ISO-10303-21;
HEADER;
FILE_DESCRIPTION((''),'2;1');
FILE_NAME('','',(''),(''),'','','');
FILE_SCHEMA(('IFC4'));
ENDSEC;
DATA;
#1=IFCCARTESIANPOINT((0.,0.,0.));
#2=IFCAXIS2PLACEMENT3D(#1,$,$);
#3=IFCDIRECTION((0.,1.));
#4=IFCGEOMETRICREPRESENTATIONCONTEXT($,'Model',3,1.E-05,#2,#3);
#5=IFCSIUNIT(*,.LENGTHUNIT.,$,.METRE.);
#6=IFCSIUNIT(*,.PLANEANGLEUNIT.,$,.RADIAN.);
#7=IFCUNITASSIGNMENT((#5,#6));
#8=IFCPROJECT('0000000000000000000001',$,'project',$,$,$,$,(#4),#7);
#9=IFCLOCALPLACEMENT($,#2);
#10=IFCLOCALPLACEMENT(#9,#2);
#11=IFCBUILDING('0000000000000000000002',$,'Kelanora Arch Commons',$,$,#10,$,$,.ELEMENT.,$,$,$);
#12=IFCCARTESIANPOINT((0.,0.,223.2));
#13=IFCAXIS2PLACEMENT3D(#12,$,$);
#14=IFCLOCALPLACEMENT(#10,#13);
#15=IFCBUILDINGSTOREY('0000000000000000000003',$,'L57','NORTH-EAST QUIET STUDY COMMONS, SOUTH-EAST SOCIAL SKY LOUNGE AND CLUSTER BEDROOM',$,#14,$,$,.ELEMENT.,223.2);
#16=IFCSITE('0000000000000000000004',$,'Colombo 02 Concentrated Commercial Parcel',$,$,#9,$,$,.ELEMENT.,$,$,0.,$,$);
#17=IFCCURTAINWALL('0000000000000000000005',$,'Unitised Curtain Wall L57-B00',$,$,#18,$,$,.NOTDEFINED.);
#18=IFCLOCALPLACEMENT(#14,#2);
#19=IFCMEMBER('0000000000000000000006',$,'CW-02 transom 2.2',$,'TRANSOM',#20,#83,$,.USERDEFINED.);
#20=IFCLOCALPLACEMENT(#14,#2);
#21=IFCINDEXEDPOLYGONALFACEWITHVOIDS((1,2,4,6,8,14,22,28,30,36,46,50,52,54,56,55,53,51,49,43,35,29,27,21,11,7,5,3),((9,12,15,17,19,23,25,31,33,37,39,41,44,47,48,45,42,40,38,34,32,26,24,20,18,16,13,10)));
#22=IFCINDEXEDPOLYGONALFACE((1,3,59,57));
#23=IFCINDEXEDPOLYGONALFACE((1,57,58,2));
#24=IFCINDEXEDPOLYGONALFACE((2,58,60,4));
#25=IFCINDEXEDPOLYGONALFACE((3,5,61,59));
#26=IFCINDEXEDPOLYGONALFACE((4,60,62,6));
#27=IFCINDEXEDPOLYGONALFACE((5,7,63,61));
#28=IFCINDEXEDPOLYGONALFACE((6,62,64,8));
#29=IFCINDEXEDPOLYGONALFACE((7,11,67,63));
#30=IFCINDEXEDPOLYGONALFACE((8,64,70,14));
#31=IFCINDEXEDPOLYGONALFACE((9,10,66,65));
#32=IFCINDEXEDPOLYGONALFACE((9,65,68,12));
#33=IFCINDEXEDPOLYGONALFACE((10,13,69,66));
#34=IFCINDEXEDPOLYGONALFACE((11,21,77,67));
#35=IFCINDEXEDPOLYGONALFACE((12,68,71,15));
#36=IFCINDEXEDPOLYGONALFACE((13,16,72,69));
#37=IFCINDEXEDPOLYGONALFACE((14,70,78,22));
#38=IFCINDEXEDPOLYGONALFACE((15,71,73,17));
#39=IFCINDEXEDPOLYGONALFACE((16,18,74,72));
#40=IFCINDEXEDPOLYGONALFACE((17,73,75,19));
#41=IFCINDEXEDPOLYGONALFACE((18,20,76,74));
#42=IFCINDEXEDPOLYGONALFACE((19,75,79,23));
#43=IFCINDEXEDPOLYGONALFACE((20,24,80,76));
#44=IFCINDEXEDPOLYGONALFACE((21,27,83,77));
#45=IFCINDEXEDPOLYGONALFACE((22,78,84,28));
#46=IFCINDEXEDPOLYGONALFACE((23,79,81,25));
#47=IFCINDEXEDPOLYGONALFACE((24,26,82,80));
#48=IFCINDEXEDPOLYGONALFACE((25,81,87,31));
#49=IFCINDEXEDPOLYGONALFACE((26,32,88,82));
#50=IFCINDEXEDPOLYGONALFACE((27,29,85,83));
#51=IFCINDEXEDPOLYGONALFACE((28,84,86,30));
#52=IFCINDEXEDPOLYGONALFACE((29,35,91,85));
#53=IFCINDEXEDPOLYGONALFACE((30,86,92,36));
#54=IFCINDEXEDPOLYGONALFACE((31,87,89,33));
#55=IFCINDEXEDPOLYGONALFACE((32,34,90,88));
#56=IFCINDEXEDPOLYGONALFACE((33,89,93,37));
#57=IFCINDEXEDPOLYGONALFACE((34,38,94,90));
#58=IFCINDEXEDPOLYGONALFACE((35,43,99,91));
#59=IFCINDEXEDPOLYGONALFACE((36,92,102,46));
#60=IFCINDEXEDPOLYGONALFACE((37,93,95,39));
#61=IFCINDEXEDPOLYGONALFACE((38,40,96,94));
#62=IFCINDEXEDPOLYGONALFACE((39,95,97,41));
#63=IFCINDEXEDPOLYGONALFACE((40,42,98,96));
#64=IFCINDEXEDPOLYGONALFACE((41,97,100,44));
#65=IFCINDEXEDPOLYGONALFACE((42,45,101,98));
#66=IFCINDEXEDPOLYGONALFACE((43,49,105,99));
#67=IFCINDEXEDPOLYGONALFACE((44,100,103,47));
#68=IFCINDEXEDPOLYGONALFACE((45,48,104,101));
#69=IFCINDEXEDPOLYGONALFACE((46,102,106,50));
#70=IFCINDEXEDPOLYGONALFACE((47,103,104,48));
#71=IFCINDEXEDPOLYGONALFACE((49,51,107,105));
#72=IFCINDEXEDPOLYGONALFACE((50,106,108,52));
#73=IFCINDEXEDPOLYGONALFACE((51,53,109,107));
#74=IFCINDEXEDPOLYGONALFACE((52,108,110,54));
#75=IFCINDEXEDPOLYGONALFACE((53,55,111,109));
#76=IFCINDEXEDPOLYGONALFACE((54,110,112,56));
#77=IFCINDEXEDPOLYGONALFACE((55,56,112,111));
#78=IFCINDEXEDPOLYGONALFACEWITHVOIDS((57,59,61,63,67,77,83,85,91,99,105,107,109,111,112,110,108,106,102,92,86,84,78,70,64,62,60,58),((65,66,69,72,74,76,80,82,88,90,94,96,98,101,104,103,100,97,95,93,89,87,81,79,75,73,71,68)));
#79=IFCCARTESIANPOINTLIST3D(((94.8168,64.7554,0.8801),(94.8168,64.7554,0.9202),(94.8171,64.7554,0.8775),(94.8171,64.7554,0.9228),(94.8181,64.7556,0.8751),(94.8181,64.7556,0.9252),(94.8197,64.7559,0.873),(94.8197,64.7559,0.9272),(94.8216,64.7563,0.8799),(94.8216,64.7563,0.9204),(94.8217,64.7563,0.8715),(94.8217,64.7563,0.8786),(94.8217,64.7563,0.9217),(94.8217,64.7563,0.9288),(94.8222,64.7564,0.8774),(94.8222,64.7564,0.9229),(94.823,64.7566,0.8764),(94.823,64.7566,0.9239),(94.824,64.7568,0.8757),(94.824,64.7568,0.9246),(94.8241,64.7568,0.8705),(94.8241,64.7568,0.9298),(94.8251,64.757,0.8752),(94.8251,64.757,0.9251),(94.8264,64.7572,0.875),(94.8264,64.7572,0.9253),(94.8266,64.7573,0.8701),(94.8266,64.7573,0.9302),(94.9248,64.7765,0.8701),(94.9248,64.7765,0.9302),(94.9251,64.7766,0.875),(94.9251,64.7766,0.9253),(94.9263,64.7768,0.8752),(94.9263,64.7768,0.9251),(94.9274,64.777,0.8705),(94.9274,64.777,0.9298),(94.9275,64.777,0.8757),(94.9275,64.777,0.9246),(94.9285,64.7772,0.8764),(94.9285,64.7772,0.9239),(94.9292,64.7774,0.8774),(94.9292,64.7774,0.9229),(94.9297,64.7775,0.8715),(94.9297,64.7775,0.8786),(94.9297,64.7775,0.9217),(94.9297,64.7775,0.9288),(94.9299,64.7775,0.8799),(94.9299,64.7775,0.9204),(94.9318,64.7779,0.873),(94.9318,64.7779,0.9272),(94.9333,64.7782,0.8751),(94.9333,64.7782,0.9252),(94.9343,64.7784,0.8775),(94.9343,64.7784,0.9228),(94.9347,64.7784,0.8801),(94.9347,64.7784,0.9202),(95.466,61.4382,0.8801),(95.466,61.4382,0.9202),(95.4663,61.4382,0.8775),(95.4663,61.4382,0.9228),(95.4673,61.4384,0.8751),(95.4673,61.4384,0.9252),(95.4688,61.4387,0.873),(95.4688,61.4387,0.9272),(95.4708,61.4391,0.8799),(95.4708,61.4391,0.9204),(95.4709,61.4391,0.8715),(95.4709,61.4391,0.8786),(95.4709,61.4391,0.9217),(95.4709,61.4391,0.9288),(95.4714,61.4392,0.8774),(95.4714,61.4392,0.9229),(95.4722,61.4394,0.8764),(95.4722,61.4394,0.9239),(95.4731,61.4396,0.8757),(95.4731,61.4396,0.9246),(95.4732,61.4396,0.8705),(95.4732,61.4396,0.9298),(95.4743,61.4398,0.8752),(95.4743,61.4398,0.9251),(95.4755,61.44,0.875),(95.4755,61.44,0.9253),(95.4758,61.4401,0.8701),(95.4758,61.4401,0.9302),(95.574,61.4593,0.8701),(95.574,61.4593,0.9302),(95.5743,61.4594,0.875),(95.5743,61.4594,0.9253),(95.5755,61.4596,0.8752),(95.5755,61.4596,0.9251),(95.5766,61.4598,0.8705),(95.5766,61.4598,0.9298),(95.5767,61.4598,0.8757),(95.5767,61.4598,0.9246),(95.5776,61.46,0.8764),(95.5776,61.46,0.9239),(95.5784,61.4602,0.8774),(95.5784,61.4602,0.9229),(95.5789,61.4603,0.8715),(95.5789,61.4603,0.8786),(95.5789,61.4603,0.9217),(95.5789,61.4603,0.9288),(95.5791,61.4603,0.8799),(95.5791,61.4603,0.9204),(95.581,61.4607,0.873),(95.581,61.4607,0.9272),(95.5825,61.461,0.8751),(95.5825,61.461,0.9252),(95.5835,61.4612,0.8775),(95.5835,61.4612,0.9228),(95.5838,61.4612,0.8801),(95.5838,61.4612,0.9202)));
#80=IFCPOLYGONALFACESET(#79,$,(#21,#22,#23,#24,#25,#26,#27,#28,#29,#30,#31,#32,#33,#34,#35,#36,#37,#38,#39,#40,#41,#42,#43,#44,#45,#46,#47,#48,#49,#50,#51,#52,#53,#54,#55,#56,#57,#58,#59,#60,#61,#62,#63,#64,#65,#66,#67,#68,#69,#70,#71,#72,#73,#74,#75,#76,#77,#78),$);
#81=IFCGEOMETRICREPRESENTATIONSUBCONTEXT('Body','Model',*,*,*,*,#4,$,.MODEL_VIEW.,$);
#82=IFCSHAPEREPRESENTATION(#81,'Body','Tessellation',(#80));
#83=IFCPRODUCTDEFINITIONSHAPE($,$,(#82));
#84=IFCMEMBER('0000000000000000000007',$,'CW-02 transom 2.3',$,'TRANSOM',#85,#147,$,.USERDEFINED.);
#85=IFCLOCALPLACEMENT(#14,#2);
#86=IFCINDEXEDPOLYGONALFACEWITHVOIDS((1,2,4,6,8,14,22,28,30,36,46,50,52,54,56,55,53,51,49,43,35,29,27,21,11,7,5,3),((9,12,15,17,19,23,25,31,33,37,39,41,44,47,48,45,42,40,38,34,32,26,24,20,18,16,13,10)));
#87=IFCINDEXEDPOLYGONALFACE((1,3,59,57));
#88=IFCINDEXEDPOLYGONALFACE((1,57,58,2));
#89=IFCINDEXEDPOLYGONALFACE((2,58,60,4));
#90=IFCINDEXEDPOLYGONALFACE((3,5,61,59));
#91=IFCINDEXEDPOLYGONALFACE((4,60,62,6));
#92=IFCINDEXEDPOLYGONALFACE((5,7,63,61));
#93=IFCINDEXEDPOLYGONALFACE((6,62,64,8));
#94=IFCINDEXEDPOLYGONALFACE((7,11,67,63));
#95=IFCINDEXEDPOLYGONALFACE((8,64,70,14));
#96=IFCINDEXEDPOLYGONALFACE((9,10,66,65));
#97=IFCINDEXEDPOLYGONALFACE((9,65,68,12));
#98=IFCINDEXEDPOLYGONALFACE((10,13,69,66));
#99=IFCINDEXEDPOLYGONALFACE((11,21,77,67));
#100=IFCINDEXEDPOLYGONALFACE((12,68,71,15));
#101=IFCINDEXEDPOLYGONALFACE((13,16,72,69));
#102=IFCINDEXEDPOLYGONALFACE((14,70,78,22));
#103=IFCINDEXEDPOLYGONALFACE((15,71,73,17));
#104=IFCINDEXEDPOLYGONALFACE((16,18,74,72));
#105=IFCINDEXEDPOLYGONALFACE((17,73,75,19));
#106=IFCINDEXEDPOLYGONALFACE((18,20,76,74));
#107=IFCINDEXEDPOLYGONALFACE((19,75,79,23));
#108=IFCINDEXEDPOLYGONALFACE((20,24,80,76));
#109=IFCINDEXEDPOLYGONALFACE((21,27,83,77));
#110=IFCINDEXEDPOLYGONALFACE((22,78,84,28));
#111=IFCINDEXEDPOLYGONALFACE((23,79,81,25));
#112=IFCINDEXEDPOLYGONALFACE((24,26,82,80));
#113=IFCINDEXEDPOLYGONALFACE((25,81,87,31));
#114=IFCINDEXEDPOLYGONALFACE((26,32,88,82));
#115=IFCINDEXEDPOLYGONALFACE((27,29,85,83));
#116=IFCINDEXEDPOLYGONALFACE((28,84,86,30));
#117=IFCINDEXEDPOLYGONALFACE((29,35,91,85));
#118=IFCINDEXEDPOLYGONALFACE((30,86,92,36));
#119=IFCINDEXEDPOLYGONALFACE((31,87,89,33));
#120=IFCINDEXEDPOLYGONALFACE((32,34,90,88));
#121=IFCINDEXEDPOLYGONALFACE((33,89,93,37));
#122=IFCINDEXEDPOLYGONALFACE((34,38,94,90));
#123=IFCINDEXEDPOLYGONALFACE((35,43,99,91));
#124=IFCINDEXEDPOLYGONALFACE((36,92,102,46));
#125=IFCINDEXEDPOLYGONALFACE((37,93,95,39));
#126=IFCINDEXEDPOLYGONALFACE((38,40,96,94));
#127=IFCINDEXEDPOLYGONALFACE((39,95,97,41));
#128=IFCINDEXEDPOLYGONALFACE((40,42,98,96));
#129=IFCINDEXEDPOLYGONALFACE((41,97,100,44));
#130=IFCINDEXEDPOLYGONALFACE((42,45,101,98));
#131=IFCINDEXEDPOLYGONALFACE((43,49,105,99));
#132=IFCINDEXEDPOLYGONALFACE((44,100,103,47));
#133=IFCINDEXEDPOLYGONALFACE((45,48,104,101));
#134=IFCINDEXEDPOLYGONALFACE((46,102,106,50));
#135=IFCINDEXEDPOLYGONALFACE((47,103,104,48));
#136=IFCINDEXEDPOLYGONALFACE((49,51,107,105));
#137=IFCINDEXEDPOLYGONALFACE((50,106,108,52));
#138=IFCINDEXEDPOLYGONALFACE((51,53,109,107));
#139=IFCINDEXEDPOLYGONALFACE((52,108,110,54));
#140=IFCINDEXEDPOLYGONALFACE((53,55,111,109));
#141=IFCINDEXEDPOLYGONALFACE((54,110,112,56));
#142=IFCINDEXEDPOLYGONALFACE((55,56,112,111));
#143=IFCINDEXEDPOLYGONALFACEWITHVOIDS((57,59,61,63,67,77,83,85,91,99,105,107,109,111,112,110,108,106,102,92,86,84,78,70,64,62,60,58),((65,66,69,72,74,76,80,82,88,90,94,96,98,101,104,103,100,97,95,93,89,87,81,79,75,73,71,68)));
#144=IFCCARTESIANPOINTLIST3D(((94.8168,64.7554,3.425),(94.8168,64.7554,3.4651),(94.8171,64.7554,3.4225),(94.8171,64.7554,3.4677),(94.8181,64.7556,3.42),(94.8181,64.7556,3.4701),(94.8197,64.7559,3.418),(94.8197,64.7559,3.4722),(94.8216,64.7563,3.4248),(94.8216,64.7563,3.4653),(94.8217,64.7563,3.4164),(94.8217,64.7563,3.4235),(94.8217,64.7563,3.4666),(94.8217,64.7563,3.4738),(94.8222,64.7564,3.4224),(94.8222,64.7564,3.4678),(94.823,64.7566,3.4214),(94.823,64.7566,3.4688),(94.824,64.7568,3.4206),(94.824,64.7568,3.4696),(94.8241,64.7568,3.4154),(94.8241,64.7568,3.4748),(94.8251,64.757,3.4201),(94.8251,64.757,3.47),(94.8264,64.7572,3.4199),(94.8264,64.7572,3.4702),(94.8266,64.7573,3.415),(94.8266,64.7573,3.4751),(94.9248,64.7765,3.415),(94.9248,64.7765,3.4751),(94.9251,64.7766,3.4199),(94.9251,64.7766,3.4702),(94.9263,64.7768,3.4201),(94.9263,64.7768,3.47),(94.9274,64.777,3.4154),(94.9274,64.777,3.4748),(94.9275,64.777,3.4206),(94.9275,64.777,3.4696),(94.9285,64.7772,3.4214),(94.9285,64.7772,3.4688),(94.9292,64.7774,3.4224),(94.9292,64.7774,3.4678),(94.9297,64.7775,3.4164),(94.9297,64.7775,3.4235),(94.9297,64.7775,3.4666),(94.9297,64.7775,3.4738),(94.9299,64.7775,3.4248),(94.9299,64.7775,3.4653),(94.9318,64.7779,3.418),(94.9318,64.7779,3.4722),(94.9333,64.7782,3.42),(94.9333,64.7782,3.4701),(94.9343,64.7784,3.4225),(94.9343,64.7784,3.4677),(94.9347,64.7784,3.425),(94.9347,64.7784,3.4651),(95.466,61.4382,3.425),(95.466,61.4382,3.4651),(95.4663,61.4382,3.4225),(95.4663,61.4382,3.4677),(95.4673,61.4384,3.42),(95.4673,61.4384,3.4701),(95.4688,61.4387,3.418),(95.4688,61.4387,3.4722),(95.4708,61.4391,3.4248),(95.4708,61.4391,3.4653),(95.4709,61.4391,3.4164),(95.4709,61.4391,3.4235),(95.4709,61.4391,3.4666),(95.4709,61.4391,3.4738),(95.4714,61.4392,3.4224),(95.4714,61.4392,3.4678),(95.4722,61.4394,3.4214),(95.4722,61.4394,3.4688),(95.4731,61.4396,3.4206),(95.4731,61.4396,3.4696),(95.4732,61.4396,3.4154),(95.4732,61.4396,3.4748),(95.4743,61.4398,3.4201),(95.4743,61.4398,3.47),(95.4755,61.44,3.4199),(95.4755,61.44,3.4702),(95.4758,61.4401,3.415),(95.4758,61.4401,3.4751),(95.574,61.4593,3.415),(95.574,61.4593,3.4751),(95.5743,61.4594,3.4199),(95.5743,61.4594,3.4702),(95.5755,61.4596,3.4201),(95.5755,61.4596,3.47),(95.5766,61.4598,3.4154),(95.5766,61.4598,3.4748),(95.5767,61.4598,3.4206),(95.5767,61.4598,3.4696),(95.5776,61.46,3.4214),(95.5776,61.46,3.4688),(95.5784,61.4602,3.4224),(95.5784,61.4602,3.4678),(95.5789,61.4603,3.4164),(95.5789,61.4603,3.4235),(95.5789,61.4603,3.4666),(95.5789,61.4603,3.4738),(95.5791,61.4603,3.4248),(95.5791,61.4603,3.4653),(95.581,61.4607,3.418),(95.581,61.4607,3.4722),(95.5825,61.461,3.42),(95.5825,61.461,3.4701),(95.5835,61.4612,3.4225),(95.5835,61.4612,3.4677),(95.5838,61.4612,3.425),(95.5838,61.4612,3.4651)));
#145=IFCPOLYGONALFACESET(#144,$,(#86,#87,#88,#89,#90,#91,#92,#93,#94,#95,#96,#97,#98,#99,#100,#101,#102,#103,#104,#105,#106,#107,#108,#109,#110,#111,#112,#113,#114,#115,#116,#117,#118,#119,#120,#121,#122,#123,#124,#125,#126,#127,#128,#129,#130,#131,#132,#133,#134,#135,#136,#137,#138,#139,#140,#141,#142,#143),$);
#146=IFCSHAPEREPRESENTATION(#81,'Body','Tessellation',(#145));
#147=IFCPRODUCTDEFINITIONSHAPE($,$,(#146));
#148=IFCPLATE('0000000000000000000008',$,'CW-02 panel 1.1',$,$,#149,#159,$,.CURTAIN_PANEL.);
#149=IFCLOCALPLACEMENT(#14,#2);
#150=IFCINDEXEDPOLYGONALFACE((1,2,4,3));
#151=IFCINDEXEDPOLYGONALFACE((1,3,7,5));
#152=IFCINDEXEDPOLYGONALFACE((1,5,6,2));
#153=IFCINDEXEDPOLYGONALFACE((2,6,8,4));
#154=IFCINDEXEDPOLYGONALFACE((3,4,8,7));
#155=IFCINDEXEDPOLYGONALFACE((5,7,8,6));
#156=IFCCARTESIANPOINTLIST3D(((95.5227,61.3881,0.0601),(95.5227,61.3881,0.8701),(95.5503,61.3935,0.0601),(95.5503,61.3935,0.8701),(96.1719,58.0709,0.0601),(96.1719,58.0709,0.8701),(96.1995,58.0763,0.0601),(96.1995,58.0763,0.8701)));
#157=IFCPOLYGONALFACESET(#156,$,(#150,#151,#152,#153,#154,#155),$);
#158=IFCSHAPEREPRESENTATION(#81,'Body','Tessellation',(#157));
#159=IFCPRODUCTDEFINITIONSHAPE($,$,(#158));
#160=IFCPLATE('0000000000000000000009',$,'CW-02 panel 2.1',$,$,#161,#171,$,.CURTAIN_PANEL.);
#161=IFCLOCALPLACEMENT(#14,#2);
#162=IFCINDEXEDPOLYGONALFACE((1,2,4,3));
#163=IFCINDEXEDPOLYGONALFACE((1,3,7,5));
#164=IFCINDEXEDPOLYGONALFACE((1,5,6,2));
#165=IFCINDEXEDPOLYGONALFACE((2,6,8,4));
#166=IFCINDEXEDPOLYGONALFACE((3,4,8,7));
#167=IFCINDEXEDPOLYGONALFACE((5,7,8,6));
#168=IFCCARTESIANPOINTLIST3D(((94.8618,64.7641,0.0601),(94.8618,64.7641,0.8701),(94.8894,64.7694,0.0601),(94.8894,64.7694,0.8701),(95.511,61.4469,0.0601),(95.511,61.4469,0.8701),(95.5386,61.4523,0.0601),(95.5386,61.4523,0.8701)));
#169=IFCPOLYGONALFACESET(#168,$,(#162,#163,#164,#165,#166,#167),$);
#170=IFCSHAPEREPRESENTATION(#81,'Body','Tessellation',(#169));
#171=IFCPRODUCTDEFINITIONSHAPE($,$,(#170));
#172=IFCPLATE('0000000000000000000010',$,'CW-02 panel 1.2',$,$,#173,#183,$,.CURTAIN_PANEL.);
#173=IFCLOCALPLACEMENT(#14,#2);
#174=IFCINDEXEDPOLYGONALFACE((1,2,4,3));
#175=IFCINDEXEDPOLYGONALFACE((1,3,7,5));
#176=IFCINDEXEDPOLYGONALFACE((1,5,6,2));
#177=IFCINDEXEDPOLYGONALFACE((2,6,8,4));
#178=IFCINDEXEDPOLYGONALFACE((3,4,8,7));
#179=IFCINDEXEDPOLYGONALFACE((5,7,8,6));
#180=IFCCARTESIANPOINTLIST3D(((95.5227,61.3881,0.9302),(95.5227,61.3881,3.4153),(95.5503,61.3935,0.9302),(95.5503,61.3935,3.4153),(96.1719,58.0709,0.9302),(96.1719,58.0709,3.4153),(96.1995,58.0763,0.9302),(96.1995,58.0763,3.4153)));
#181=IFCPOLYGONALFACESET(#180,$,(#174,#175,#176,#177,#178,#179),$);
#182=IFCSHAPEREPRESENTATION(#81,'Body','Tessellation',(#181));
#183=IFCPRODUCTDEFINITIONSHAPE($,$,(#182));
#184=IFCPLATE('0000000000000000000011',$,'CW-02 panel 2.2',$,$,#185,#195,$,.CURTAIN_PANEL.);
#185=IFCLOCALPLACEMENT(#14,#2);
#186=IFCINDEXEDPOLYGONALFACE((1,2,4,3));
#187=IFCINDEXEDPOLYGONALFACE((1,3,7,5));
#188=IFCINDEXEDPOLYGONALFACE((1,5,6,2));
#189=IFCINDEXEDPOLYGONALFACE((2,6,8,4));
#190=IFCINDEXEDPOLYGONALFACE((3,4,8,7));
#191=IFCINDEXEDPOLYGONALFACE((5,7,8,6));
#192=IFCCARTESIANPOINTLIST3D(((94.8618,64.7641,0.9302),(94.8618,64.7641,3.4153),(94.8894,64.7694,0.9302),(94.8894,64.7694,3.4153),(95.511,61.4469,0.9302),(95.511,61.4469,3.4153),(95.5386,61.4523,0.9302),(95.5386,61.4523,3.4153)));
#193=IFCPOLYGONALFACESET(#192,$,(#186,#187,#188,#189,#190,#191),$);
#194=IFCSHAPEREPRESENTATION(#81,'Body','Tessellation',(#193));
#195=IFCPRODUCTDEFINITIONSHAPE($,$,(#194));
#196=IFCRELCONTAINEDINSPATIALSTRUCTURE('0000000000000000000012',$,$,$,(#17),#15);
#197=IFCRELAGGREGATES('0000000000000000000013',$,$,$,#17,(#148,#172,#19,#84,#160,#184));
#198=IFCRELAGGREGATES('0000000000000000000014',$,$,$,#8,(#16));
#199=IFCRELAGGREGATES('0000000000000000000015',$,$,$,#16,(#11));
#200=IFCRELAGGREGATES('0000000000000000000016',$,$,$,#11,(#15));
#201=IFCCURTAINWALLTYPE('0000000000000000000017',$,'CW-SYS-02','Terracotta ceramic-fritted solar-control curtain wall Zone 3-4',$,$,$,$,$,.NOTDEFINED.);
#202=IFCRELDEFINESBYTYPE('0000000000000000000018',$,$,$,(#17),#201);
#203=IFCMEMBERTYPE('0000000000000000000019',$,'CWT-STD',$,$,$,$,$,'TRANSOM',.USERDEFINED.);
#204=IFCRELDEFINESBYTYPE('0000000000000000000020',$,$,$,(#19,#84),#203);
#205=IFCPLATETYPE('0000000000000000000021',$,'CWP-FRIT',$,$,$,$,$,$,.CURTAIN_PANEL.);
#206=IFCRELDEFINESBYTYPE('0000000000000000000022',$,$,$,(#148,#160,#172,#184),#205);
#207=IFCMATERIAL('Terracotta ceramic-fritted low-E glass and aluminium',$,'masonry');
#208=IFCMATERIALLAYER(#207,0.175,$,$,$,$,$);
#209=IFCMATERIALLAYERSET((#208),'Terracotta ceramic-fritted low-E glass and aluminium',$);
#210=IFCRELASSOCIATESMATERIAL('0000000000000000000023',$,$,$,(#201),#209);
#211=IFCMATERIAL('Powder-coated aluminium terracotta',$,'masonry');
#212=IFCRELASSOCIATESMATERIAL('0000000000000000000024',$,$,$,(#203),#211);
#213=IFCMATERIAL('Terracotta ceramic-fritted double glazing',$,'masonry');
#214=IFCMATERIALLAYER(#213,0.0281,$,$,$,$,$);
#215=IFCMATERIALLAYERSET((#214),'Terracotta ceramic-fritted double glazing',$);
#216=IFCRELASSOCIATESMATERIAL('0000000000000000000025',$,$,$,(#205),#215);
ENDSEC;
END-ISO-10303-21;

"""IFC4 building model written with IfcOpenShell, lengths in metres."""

from ifc_helpers import new_model, si_unit, direction, frame, origin, origin_2d, place, context, subcontext, project, spatial, rectangle, hollow_rectangle, extrude, source, transform, mapped, material, layer, layer_set, material_profile, profile_set, type_object, element, aggregate, save


model = new_model("IFC4")

# Units and contexts
model_context = context("Model", 3, precision=1e-05, world=origin(), true_north=direction((0.0, 1.0)))
body_context = subcontext(model_context, "Body", "Model", "MODEL_VIEW")
ifc_project = project(units=[si_unit("LENGTHUNIT", "METRE"), si_unit("PLANEANGLEUNIT", "RADIAN")], contexts=[model_context])

# Site, building, storey
site_placement = place(None, origin())
site = spatial("IfcSite", under=ifc_project, at=site_placement, Name="Colombo 02 Concentrated Commercial Parcel", CompositionType="ELEMENT", RefElevation=0.0)
building_placement = place(site_placement, origin())
building = spatial("IfcBuilding", under=site, at=building_placement, Name="Kelanora Arch Commons", CompositionType="ELEMENT")
storey_placement = place(building_placement, frame((0.0, 0.0, 223.2)))
storey = spatial("IfcBuildingStorey", under=building, at=storey_placement, Name="L57", Description="NORTH-EAST QUIET STUDY COMMONS, SOUTH-EAST SOCIAL SKY LOUNGE AND CLUSTER BEDROOM", CompositionType="ELEMENT", Elevation=223.2)

# Curtain wall, members, plates
ifc_material_1 = material(Name="Terracotta ceramic-fritted low-E glass and aluminium", Category="masonry")
ifc_layer_1 = layer(ifc_material_1, 0.175)
ifc_layer_set_1 = layer_set([ifc_layer_1], Name="Terracotta ceramic-fritted low-E glass and aluminium")
curtain_wall_type = type_object("IfcCurtainWallType", Name="CW-SYS-02", Description="Terracotta ceramic-fritted solar-control curtain wall Zone 3-4", PredefinedType="NOTDEFINED", material=ifc_layer_set_1)
curtain_wall_placement = place(storey_placement, origin())
curtain_wall = element("IfcCurtainWall", 1, at=curtain_wall_placement, inside=storey, type_object=curtain_wall_type, Name="Unitised Curtain Wall L57-B00", PredefinedType="NOTDEFINED")
ifc_material_2 = material(Name="Powder-coated aluminium terracotta", Category="masonry")
ifc_material_profile_1 = material_profile(ifc_material_2, hollow_rectangle(XDim=0.1201, YDim=0.0601, WallThickness=0.0049, InnerFilletRadius=0.0049, OuterFilletRadius=0.01, at=origin_2d()), Name="CWT120x60")
ifc_profile_set_1 = profile_set([ifc_material_profile_1], Name="Powder-coated aluminium terracotta")
member_type_1 = type_object("IfcMemberType", Name="CWT-STD", ElementType="TRANSOM", PredefinedType="USERDEFINED", material=ifc_profile_set_1)
member_1_placement = place(storey_placement, frame((95.5249, 61.4497, 0.9001), z_axis=(-0.192058, 0.981383, 0.0), x_axis=(-0.981383, -0.192058, 0.0)))
member_1 = element("IfcMember", 2, at=member_1_placement, type_object=member_type_1, Name="CW-02 transom 2.2", ObjectType="TRANSOM", PredefinedType="USERDEFINED", context=body_context, shape_type="SweptSolid", body=[
    extrude(hollow_rectangle(XDim=0.1201, YDim=0.0601, WallThickness=0.0049, InnerFilletRadius=0.0049, OuterFilletRadius=0.01, at=origin_2d()), origin(), (0.0, 0.0, 1.0), 3.3801),
])
member_2_placement = place(storey_placement, frame((95.5249, 61.4497, 3.4451), z_axis=(-0.192058, 0.981383, 0.0), x_axis=(-0.981383, -0.192058, 0.0)))
member_2 = element("IfcMember", 3, at=member_2_placement, type_object=member_type_1, Name="CW-02 transom 2.3", ObjectType="TRANSOM", PredefinedType="USERDEFINED", context=body_context, shape_type="SweptSolid", body=[
    extrude(hollow_rectangle(XDim=0.1201, YDim=0.0601, WallThickness=0.0049, InnerFilletRadius=0.0049, OuterFilletRadius=0.01, at=origin_2d()), origin(), (0.0, 0.0, 1.0), 3.3801),
])
ifc_material_3 = material(Name="Terracotta ceramic-fritted double glazing", Category="masonry")
ifc_layer_2 = layer(ifc_material_3, 0.0281)
ifc_layer_set_2 = layer_set([ifc_layer_2], Name="Terracotta ceramic-fritted double glazing")
plate_type = type_object("IfcPlateType", Name="CWP-FRIT", PredefinedType="CURTAIN_PANEL", material=ifc_layer_set_2)
shared_shape_1 = source(origin(), body_context, "Body", "SweptSolid", [
    extrude(rectangle(XDim=3.3801, YDim=0.0281, at=origin_2d()), origin(), (0.0, 0.0, 1.0), 0.8101),
])
plate_1_placement = place(storey_placement, frame((95.8611, 59.7322, 0.0601), z_axis=(0.0, 0.0, 1.0), x_axis=(-0.192069, 0.981381, 0.0)))
plate_1 = element("IfcPlate", 4, at=plate_1_placement, type_object=plate_type, Name="CW-02 panel 1.1", PredefinedType="CURTAIN_PANEL", context=body_context, shape_type="MappedRepresentation", body=[
    mapped(shared_shape_1, transform((0.0, 0.0, 0.0), scale=1.0)),
])
plate_2_placement = place(storey_placement, frame((95.2002, 63.1082, 0.0601), z_axis=(0.0, 0.0, 1.0), x_axis=(-0.192069, 0.981381, 0.0)))
plate_2 = element("IfcPlate", 5, at=plate_2_placement, type_object=plate_type, Name="CW-02 panel 2.1", PredefinedType="CURTAIN_PANEL", context=body_context, shape_type="MappedRepresentation", body=[
    mapped(shared_shape_1, transform((0.0, 0.0, 0.0), scale=1.0)),
])
shared_shape_2 = source(origin(), body_context, "Body", "SweptSolid", [
    extrude(rectangle(XDim=3.3801, YDim=0.0281, at=origin_2d()), origin(), (0.0, 0.0, 1.0), 2.4851),
])
plate_3_placement = place(storey_placement, frame((95.8611, 59.7322, 0.9302), z_axis=(0.0, 0.0, 1.0), x_axis=(-0.192069, 0.981381, 0.0)))
plate_3 = element("IfcPlate", 6, at=plate_3_placement, type_object=plate_type, Name="CW-02 panel 1.2", PredefinedType="CURTAIN_PANEL", context=body_context, shape_type="MappedRepresentation", body=[
    mapped(shared_shape_2, transform((0.0, 0.0, 0.0), scale=1.0)),
])
plate_4_placement = place(storey_placement, frame((95.2002, 63.1082, 0.9302), z_axis=(0.0, 0.0, 1.0), x_axis=(-0.192069, 0.981381, 0.0)))
plate_4 = element("IfcPlate", 7, at=plate_4_placement, type_object=plate_type, Name="CW-02 panel 2.2", PredefinedType="CURTAIN_PANEL", context=body_context, shape_type="MappedRepresentation", body=[
    mapped(shared_shape_2, transform((0.0, 0.0, 0.0), scale=1.0)),
])
aggregate(curtain_wall, [plate_1, plate_3, member_1, member_2, plate_2, plate_4])

save(model, "model.ifc")
